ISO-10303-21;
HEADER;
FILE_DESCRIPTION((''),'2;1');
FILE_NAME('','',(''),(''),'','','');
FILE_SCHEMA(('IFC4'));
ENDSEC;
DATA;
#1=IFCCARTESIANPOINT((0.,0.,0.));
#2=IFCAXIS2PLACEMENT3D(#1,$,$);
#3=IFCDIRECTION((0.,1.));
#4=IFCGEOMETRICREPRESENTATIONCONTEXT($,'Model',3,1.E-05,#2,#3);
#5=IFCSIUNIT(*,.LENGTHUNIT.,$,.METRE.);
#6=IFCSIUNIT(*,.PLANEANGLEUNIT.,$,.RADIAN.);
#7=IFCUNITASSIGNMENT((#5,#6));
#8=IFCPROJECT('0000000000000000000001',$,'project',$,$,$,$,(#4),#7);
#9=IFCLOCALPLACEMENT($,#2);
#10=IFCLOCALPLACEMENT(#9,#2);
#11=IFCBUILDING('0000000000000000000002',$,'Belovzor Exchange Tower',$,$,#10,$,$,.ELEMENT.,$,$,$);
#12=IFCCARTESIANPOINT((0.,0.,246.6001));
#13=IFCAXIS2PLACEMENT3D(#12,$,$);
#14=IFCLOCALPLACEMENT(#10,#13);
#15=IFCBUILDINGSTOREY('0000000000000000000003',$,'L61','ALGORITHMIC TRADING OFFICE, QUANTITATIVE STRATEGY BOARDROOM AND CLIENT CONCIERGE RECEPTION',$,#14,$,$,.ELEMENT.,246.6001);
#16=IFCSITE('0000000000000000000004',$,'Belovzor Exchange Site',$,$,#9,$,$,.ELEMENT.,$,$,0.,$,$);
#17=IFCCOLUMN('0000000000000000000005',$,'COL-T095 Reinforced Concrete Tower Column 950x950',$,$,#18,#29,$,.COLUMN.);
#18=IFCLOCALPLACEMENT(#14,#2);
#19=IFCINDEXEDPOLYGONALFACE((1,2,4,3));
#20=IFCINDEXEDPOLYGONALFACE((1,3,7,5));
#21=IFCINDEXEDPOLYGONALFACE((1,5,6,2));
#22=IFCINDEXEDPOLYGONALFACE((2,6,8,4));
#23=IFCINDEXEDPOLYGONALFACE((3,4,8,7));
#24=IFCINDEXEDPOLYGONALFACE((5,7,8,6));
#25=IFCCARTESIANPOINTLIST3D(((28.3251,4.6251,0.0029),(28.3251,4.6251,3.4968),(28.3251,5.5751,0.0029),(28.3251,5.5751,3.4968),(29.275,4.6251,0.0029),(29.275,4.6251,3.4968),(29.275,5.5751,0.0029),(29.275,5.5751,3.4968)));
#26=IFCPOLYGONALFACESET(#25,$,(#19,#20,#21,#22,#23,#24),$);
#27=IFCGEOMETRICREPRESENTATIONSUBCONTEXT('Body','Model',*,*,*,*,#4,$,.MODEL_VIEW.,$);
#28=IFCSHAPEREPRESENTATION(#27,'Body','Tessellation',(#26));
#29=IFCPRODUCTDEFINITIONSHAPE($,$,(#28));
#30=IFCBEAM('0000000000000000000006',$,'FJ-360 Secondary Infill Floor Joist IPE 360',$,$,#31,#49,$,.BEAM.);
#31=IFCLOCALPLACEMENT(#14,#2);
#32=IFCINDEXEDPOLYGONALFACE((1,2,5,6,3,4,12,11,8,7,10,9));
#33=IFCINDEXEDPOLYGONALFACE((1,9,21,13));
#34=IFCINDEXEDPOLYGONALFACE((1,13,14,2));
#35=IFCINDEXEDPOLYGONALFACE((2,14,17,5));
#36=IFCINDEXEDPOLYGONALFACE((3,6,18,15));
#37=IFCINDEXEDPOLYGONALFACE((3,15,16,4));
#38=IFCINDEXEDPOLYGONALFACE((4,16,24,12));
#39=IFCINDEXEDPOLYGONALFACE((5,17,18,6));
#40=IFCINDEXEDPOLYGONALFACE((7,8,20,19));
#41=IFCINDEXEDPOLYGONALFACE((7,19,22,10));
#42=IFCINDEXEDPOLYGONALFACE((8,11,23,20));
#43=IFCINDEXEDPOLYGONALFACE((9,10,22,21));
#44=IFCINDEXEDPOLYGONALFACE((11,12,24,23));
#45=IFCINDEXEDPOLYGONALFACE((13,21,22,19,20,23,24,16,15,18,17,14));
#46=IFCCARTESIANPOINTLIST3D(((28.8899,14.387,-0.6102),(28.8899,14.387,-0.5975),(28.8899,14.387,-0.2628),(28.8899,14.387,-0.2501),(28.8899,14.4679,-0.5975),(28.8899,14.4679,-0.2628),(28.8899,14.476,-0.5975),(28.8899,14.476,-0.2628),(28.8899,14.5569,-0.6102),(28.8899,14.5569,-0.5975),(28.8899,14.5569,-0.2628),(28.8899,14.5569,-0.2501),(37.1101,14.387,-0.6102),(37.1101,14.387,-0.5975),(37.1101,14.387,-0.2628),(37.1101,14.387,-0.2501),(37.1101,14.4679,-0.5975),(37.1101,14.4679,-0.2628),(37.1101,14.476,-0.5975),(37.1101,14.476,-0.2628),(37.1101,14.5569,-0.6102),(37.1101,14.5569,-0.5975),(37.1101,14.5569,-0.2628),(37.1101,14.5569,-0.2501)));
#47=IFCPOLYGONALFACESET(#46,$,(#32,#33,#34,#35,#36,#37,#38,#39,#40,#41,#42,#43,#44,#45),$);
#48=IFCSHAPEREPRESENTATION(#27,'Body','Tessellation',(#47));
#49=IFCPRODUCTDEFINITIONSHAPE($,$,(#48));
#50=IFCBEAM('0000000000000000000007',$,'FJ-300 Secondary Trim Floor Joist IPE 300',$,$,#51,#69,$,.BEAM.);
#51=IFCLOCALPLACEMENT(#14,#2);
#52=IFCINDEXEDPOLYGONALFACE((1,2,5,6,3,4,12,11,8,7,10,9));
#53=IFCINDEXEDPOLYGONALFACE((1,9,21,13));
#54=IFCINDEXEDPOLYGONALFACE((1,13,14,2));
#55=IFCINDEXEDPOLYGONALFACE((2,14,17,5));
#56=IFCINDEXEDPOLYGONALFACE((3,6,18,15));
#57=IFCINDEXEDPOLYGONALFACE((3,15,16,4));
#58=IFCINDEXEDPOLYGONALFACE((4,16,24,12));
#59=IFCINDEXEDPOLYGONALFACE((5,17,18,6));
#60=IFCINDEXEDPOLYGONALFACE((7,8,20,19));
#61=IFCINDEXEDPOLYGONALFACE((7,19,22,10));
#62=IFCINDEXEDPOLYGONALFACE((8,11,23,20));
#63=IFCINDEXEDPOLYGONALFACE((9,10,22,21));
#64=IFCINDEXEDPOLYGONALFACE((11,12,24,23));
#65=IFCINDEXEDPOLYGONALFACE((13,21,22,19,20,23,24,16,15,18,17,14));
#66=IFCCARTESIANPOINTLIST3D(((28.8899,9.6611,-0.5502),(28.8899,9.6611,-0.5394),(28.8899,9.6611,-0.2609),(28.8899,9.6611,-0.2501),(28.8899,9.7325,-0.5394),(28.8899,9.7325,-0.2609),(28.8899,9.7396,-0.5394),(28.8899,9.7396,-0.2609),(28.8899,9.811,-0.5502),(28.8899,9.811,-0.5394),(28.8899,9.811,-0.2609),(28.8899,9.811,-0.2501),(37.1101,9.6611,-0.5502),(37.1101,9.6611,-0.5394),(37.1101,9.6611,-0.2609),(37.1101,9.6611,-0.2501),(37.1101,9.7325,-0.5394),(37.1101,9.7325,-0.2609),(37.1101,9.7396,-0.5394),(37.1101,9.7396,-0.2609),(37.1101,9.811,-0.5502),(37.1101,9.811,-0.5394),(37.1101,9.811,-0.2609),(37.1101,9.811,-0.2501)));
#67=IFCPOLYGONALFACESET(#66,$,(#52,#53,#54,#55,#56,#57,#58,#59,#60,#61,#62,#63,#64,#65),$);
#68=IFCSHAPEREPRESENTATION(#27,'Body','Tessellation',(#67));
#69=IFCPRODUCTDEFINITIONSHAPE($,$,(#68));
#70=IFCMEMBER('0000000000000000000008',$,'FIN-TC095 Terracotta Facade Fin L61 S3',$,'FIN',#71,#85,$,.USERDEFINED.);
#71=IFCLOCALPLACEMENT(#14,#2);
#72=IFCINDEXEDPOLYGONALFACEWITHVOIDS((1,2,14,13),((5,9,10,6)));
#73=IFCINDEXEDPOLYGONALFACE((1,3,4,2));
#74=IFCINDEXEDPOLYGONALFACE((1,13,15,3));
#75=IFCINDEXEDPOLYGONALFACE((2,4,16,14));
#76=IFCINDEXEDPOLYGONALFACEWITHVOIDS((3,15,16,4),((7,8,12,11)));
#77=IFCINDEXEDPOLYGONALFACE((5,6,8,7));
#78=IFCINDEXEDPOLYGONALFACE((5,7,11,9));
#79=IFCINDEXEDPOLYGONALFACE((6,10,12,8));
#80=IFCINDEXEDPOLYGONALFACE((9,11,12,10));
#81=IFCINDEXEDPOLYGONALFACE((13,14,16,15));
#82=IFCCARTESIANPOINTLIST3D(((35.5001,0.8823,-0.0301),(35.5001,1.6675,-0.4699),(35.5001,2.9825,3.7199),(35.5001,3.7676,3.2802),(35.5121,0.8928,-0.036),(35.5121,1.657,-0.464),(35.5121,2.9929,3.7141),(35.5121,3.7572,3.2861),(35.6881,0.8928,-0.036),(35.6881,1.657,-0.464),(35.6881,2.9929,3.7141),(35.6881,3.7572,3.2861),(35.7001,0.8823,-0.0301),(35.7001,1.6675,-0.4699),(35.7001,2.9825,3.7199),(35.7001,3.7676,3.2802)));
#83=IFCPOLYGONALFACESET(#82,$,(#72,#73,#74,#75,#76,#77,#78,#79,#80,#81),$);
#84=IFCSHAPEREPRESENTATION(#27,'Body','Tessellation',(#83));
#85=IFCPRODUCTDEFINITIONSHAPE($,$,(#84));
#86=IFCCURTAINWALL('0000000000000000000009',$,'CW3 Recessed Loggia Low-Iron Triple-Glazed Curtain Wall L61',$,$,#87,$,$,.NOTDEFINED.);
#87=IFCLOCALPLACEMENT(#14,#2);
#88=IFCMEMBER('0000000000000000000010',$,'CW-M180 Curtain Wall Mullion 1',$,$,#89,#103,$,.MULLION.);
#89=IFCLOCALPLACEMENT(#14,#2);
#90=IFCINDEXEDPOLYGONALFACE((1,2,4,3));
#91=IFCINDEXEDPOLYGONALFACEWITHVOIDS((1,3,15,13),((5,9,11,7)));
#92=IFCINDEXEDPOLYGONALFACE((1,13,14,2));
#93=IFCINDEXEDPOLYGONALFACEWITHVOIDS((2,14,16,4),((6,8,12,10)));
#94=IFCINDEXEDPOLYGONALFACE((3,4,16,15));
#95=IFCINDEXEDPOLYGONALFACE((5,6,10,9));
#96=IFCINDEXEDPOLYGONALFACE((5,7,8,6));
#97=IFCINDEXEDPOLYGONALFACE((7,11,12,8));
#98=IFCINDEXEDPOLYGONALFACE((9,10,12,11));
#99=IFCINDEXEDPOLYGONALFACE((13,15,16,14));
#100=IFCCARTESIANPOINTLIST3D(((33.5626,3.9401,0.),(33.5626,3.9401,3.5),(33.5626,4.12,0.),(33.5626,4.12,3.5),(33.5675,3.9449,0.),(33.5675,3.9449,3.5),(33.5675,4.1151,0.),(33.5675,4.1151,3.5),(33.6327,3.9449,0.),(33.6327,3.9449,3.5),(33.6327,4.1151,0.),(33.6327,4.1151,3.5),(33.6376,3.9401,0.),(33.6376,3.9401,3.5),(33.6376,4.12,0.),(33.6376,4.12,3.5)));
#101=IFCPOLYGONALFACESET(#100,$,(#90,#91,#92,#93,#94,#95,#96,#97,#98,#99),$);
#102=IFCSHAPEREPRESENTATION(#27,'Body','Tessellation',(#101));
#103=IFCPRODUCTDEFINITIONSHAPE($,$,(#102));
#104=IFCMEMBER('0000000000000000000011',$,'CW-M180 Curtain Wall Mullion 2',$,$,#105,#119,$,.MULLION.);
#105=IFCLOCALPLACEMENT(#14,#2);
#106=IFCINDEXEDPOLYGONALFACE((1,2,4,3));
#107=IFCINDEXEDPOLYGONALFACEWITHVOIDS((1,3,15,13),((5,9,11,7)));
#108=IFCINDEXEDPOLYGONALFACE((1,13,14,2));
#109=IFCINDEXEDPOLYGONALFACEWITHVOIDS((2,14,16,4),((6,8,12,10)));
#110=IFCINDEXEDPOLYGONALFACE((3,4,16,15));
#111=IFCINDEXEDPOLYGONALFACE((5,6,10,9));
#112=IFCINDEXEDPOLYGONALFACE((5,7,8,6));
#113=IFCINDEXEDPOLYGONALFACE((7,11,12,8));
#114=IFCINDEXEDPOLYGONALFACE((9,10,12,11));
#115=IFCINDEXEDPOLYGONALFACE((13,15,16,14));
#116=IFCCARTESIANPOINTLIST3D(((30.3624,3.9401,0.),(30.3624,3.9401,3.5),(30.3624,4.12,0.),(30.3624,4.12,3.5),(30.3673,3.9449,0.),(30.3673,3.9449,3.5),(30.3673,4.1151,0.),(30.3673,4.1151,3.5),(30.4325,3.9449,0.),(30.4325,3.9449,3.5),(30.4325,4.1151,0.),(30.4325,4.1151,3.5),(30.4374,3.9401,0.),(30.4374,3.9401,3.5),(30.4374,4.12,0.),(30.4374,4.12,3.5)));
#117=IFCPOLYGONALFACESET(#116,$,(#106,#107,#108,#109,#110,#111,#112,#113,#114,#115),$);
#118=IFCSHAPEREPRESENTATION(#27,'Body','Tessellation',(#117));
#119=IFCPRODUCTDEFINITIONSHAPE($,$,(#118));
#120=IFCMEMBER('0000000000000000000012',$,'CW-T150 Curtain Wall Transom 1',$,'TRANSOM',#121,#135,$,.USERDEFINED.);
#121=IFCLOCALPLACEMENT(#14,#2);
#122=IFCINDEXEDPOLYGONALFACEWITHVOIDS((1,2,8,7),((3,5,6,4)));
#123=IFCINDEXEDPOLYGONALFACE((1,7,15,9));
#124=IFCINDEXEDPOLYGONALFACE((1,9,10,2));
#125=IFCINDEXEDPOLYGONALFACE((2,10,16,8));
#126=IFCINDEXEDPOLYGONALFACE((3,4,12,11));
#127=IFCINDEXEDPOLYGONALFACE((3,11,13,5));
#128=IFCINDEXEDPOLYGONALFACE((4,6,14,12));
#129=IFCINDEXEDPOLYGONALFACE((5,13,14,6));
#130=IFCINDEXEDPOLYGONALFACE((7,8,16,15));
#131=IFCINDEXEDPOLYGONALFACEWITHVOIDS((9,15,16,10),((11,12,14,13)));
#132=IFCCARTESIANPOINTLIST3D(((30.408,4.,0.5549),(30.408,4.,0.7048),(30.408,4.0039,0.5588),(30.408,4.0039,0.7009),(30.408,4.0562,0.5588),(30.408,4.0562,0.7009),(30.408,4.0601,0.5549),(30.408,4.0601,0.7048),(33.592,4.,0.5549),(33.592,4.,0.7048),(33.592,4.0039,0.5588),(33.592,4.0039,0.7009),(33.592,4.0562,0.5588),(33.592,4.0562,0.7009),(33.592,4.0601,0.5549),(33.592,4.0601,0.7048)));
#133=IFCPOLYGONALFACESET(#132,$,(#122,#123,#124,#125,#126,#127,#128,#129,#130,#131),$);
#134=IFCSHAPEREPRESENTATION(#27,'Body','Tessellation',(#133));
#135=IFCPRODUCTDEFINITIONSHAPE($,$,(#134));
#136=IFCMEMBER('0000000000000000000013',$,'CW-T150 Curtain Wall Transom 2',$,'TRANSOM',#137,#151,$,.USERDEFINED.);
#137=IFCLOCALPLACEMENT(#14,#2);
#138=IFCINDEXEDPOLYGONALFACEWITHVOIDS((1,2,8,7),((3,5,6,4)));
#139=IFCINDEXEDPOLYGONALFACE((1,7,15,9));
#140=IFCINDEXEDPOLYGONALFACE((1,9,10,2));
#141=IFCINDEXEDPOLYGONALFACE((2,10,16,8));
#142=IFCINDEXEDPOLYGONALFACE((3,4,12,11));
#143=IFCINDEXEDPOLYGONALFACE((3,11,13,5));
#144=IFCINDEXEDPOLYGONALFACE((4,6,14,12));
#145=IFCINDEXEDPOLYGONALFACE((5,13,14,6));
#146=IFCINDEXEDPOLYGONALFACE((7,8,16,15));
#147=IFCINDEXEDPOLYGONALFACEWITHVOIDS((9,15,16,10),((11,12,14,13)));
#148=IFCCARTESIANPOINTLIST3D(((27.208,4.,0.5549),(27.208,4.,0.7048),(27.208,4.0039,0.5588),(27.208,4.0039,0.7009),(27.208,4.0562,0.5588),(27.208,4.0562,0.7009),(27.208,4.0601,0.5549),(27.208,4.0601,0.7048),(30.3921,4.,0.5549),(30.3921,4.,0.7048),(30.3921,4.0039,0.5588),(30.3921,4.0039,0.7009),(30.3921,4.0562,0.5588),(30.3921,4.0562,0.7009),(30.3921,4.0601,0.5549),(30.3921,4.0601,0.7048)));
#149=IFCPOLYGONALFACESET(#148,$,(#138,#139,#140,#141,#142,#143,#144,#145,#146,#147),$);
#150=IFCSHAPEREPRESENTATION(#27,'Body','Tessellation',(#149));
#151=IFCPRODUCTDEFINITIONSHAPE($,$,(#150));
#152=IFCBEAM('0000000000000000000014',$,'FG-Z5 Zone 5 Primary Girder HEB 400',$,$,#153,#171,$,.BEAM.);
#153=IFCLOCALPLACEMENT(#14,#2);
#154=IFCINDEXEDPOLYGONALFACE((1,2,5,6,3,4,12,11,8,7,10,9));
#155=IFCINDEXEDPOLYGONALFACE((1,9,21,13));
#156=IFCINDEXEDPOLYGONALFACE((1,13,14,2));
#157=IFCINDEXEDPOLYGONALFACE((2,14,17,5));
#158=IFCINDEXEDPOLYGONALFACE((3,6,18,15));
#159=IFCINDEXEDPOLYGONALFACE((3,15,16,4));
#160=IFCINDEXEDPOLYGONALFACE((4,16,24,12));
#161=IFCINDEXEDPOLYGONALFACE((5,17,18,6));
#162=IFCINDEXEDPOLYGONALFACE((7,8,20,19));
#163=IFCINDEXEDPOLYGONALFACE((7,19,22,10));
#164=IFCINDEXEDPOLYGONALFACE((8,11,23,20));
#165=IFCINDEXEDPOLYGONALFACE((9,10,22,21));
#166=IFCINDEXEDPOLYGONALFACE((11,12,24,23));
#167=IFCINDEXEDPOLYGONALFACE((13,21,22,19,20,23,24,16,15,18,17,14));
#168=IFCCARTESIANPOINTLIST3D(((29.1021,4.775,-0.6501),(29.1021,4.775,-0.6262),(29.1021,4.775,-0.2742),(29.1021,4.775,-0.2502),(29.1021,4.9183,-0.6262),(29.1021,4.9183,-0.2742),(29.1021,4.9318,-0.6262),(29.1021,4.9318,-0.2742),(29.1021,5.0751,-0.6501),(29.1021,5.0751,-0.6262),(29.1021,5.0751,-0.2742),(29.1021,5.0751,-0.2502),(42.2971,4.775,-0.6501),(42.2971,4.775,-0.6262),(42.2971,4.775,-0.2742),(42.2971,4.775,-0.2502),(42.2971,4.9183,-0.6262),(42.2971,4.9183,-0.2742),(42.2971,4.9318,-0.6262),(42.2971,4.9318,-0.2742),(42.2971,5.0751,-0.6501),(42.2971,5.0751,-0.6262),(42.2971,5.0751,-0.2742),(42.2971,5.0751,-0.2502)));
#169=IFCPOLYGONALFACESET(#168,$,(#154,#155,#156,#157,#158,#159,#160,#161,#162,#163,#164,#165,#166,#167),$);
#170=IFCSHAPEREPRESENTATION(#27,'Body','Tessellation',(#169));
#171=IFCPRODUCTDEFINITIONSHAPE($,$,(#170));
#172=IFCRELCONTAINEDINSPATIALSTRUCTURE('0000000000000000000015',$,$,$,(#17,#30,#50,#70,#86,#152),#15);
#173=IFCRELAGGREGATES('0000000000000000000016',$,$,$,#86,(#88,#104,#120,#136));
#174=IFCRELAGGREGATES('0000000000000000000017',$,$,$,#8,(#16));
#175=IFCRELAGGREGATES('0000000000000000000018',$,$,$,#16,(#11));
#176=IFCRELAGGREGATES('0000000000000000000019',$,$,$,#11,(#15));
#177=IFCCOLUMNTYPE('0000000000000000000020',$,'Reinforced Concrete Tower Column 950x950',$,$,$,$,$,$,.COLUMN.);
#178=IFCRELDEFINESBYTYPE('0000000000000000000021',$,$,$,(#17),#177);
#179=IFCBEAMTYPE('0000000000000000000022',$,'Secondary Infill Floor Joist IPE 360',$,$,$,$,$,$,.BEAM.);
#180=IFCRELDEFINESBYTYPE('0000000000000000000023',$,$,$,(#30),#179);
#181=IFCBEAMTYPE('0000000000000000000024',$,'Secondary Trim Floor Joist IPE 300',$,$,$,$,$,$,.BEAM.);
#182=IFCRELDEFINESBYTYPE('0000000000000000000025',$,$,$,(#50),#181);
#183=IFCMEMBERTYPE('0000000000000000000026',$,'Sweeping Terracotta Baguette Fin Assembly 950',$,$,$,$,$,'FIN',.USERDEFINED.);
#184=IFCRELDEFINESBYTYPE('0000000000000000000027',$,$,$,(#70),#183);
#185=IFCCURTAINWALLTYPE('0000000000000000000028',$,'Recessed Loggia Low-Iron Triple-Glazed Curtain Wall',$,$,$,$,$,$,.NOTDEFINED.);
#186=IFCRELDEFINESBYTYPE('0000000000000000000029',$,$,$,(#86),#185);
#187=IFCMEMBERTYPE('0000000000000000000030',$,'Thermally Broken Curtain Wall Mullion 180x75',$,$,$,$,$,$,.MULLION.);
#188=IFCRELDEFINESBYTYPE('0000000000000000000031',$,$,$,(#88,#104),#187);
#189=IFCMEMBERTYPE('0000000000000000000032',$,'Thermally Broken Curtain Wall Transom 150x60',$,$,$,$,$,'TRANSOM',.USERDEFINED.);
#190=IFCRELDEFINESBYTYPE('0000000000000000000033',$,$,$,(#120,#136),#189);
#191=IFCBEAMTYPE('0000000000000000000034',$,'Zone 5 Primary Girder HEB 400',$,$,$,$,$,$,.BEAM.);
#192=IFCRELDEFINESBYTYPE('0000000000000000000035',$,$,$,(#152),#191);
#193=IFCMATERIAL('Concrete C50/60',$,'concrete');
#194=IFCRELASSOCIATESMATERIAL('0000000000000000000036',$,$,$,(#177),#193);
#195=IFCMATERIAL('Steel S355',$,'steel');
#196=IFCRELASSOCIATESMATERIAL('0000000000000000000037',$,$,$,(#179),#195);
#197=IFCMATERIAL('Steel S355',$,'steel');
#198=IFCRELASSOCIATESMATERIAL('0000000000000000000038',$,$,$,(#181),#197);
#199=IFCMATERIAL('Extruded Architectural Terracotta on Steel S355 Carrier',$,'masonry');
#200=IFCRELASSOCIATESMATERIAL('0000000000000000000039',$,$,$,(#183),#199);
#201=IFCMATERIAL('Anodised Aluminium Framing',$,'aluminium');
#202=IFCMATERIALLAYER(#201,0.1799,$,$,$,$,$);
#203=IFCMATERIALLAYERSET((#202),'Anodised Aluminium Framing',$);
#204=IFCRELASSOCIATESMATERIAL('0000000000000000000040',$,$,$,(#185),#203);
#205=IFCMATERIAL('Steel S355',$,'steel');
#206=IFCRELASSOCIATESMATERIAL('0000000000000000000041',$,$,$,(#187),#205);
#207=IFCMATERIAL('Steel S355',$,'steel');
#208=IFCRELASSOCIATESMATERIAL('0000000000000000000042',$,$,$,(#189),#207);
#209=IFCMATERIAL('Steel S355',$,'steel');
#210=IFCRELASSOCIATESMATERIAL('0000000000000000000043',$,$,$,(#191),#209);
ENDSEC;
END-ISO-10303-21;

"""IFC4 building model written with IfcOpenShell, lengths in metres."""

from ifc_helpers import new_model, si_unit, direction, frame, origin, origin_2d, place, context, subcontext, project, spatial, rectangle, hollow_rectangle, i_section, extrude, material, layer, layer_set, material_profile, profile_set, type_object, element, aggregate, save


model = new_model("IFC4")

# Units and contexts
model_context = context("Model", 3, precision=1e-05, world=origin(), true_north=direction((0.0, 1.0)))
body_context = subcontext(model_context, "Body", "Model", "MODEL_VIEW")
ifc_project = project(units=[si_unit("LENGTHUNIT", "METRE"), si_unit("PLANEANGLEUNIT", "RADIAN")], contexts=[model_context])

# Site, building, storey
site_placement = place(None, origin())
site = spatial("IfcSite", under=ifc_project, at=site_placement, Name="Belovzor Exchange Site", CompositionType="ELEMENT", RefElevation=0.0)
building_placement = place(site_placement, origin())
building = spatial("IfcBuilding", under=site, at=building_placement, Name="Belovzor Exchange Tower", CompositionType="ELEMENT")
storey_placement = place(building_placement, frame((0.0, 0.0, 246.6001)))
storey = spatial("IfcBuildingStorey", under=building, at=storey_placement, Name="L61", Description="ALGORITHMIC TRADING OFFICE, QUANTITATIVE STRATEGY BOARDROOM AND CLIENT CONCIERGE RECEPTION", CompositionType="ELEMENT", Elevation=246.6001)

# Column
ifc_material_1 = material(Name="Concrete C50/60", Category="concrete")
ifc_material_profile_1 = material_profile(ifc_material_1, rectangle(XDim=0.95, YDim=0.95, at=origin_2d()))
ifc_profile_set_1 = profile_set([ifc_material_profile_1], Name="Concrete C50/60")
column_type = type_object("IfcColumnType", Name="Reinforced Concrete Tower Column 950x950", PredefinedType="COLUMN", material=ifc_profile_set_1)
column_placement = place(storey_placement, frame((28.8, 5.1001, 0.0029), z_axis=(0.0, 0.0, 1.0), x_axis=(1.0, 0.0, 0.0)))
element("IfcColumn", 1, at=column_placement, inside=storey, type_object=column_type, Name="COL-T095 Reinforced Concrete Tower Column 950x950", PredefinedType="COLUMN", context=body_context, shape_type="SweptSolid", body=[
    extrude(rectangle(XDim=0.95, YDim=0.95, at=origin_2d()), origin(), (0.0, 0.0, 1.0), 3.4939),
])

# Beams
ifc_material_2 = material(Name="Steel S355", Category="steel")
ifc_material_profile_2 = material_profile(ifc_material_2, i_section(OverallWidth=0.1699, OverallDepth=0.3601, WebThickness=0.0081, FlangeThickness=0.0127, at=origin_2d()))
ifc_profile_set_2 = profile_set([ifc_material_profile_2], Name="Steel S355")
beam_type_1 = type_object("IfcBeamType", Name="Secondary Infill Floor Joist IPE 360", PredefinedType="BEAM", material=ifc_profile_set_2)
beam_1_placement = place(storey_placement, frame((28.8899, 14.4719, -0.4302), z_axis=(1.0, 0.0, 0.0), x_axis=(0.0, 1.0, 0.0)))
element("IfcBeam", 2, at=beam_1_placement, inside=storey, type_object=beam_type_1, Name="FJ-360 Secondary Infill Floor Joist IPE 360", PredefinedType="BEAM", context=body_context, shape_type="SweptSolid", body=[
    extrude(i_section(OverallWidth=0.1699, OverallDepth=0.3601, WebThickness=0.0081, FlangeThickness=0.0127, at=origin_2d()), origin(), (0.0, 0.0, 1.0), 8.2202),
])
ifc_material_3 = material(Name="Steel S355", Category="steel")
ifc_material_profile_3 = material_profile(ifc_material_3, i_section(OverallWidth=0.1499, OverallDepth=0.3, WebThickness=0.0071, FlangeThickness=0.0107, at=origin_2d()))
ifc_profile_set_3 = profile_set([ifc_material_profile_3], Name="Steel S355")
beam_type_2 = type_object("IfcBeamType", Name="Secondary Trim Floor Joist IPE 300", PredefinedType="BEAM", material=ifc_profile_set_3)
beam_2_placement = place(storey_placement, frame((28.8899, 9.7361, -0.4001), z_axis=(1.0, 0.0, 0.0), x_axis=(0.0, 1.0, 0.0)))
element("IfcBeam", 3, at=beam_2_placement, inside=storey, type_object=beam_type_2, Name="FJ-300 Secondary Trim Floor Joist IPE 300", PredefinedType="BEAM", context=body_context, shape_type="SweptSolid", body=[
    extrude(i_section(OverallWidth=0.1499, OverallDepth=0.3, WebThickness=0.0071, FlangeThickness=0.0107, at=origin_2d()), origin(), (0.0, 0.0, 1.0), 8.2202),
])

# Member
ifc_material_4 = material(Name="Extruded Architectural Terracotta on Steel S355 Carrier", Category="masonry")
ifc_material_profile_4 = material_profile(ifc_material_4, hollow_rectangle(XDim=0.2, YDim=0.8999, WallThickness=0.012, at=origin_2d()))
ifc_profile_set_4 = profile_set([ifc_material_profile_4], Name="Extruded Architectural Terracotta on Steel S355 Carrier")
member_type_1 = type_object("IfcMemberType", Name="Sweeping Terracotta Baguette Fin Assembly 950", ElementType="FIN", PredefinedType="USERDEFINED", material=ifc_profile_set_4)
member_1_placement = place(storey_placement, frame((35.6001, 1.2749, -0.25), z_axis=(0.0, 0.488621, 0.872496), x_axis=(-1.0, 0.0, 0.0)))
element("IfcMember", 4, at=member_1_placement, inside=storey, type_object=member_type_1, Name="FIN-TC095 Terracotta Facade Fin L61 S3", ObjectType="FIN", PredefinedType="USERDEFINED", context=body_context, shape_type="SweptSolid", body=[
    extrude(hollow_rectangle(XDim=0.2, YDim=0.8999, WallThickness=0.012, at=origin_2d()), origin(), (0.0, 0.0, 1.0), 4.2981),
])

# Curtain wall, members
ifc_material_5 = material(Name="Anodised Aluminium Framing", Category="aluminium")
ifc_layer_1 = layer(ifc_material_5, 0.1799)
ifc_layer_set_1 = layer_set([ifc_layer_1], Name="Anodised Aluminium Framing")
curtain_wall_type = type_object("IfcCurtainWallType", Name="Recessed Loggia Low-Iron Triple-Glazed Curtain Wall", PredefinedType="NOTDEFINED", material=ifc_layer_set_1)
curtain_wall_placement = place(storey_placement, origin())
curtain_wall = element("IfcCurtainWall", 5, at=curtain_wall_placement, inside=storey, type_object=curtain_wall_type, Name="CW3 Recessed Loggia Low-Iron Triple-Glazed Curtain Wall L61", PredefinedType="NOTDEFINED")
ifc_material_6 = material(Name="Steel S355", Category="steel")
ifc_material_profile_5 = material_profile(ifc_material_6, hollow_rectangle(XDim=0.075, YDim=0.1799, WallThickness=0.0049, at=origin_2d()))
ifc_profile_set_5 = profile_set([ifc_material_profile_5], Name="Steel S355")
member_type_2 = type_object("IfcMemberType", Name="Thermally Broken Curtain Wall Mullion 180x75", PredefinedType="MULLION", material=ifc_profile_set_5)
member_2_placement = place(storey_placement, frame((33.6001, 4.03, 0.0), z_axis=(0.0, 0.0, 1.0), x_axis=(-1.0, 0.0, 0.0)))
member_2 = element("IfcMember", 6, at=member_2_placement, type_object=member_type_2, Name="CW-M180 Curtain Wall Mullion 1", PredefinedType="MULLION", context=body_context, shape_type="SweptSolid", body=[
    extrude(hollow_rectangle(XDim=0.075, YDim=0.1799, WallThickness=0.0049, at=origin_2d()), origin(), (0.0, 0.0, 1.0), 3.5),
])
member_3_placement = place(storey_placement, frame((30.3999, 4.03, 0.0), z_axis=(0.0, 0.0, 1.0), x_axis=(-1.0, 0.0, 0.0)))
member_3 = element("IfcMember", 7, at=member_3_placement, type_object=member_type_2, Name="CW-M180 Curtain Wall Mullion 2", PredefinedType="MULLION", context=body_context, shape_type="SweptSolid", body=[
    extrude(hollow_rectangle(XDim=0.075, YDim=0.1799, WallThickness=0.0049, at=origin_2d()), origin(), (0.0, 0.0, 1.0), 3.5),
])
ifc_material_7 = material(Name="Steel S355", Category="steel")
ifc_material_profile_6 = material_profile(ifc_material_7, hollow_rectangle(XDim=0.0601, YDim=0.1499, WallThickness=0.0039, at=origin_2d()))
ifc_profile_set_6 = profile_set([ifc_material_profile_6], Name="Steel S355")
member_type_3 = type_object("IfcMemberType", Name="Thermally Broken Curtain Wall Transom 150x60", ElementType="TRANSOM", PredefinedType="USERDEFINED", material=ifc_profile_set_6)
member_4_placement = place(storey_placement, frame((33.592, 4.03, 0.6299), z_axis=(-1.0, 0.0, 0.0), x_axis=(0.0, -1.0, 0.0)))
member_4 = element("IfcMember", 8, at=member_4_placement, type_object=member_type_3, Name="CW-T150 Curtain Wall Transom 1", ObjectType="TRANSOM", PredefinedType="USERDEFINED", context=body_context, shape_type="SweptSolid", body=[
    extrude(hollow_rectangle(XDim=0.0601, YDim=0.1499, WallThickness=0.0039, at=origin_2d()), origin(), (0.0, 0.0, 1.0), 3.1841),
])
member_5_placement = place(storey_placement, frame((30.3921, 4.03, 0.6299), z_axis=(-1.0, 0.0, 0.0), x_axis=(0.0, -1.0, 0.0)))
member_5 = element("IfcMember", 9, at=member_5_placement, type_object=member_type_3, Name="CW-T150 Curtain Wall Transom 2", ObjectType="TRANSOM", PredefinedType="USERDEFINED", context=body_context, shape_type="SweptSolid", body=[
    extrude(hollow_rectangle(XDim=0.0601, YDim=0.1499, WallThickness=0.0039, at=origin_2d()), origin(), (0.0, 0.0, 1.0), 3.1841),
])

# Beam
ifc_material_8 = material(Name="Steel S355", Category="steel")
ifc_material_profile_7 = material_profile(ifc_material_8, i_section(OverallWidth=0.3, OverallDepth=0.3999, WebThickness=0.0134, FlangeThickness=0.0239, at=origin_2d()))
ifc_profile_set_7 = profile_set([ifc_material_profile_7], Name="Steel S355")
beam_type_3 = type_object("IfcBeamType", Name="Zone 5 Primary Girder HEB 400", PredefinedType="BEAM", material=ifc_profile_set_7)
beam_3_placement = place(storey_placement, frame((29.1021, 4.925, -0.4502), z_axis=(1.0, 0.0, 0.0), x_axis=(0.0, 1.0, 0.0)))
element("IfcBeam", 10, at=beam_3_placement, inside=storey, type_object=beam_type_3, Name="FG-Z5 Zone 5 Primary Girder HEB 400", PredefinedType="BEAM", context=body_context, shape_type="SweptSolid", body=[
    extrude(i_section(OverallWidth=0.3, OverallDepth=0.3999, WebThickness=0.0134, FlangeThickness=0.0239, at=origin_2d()), origin(), (0.0, 0.0, 1.0), 13.1951),
])

aggregate(curtain_wall, [member_2, member_3, member_4, member_5])

save(model, "model.ifc")
